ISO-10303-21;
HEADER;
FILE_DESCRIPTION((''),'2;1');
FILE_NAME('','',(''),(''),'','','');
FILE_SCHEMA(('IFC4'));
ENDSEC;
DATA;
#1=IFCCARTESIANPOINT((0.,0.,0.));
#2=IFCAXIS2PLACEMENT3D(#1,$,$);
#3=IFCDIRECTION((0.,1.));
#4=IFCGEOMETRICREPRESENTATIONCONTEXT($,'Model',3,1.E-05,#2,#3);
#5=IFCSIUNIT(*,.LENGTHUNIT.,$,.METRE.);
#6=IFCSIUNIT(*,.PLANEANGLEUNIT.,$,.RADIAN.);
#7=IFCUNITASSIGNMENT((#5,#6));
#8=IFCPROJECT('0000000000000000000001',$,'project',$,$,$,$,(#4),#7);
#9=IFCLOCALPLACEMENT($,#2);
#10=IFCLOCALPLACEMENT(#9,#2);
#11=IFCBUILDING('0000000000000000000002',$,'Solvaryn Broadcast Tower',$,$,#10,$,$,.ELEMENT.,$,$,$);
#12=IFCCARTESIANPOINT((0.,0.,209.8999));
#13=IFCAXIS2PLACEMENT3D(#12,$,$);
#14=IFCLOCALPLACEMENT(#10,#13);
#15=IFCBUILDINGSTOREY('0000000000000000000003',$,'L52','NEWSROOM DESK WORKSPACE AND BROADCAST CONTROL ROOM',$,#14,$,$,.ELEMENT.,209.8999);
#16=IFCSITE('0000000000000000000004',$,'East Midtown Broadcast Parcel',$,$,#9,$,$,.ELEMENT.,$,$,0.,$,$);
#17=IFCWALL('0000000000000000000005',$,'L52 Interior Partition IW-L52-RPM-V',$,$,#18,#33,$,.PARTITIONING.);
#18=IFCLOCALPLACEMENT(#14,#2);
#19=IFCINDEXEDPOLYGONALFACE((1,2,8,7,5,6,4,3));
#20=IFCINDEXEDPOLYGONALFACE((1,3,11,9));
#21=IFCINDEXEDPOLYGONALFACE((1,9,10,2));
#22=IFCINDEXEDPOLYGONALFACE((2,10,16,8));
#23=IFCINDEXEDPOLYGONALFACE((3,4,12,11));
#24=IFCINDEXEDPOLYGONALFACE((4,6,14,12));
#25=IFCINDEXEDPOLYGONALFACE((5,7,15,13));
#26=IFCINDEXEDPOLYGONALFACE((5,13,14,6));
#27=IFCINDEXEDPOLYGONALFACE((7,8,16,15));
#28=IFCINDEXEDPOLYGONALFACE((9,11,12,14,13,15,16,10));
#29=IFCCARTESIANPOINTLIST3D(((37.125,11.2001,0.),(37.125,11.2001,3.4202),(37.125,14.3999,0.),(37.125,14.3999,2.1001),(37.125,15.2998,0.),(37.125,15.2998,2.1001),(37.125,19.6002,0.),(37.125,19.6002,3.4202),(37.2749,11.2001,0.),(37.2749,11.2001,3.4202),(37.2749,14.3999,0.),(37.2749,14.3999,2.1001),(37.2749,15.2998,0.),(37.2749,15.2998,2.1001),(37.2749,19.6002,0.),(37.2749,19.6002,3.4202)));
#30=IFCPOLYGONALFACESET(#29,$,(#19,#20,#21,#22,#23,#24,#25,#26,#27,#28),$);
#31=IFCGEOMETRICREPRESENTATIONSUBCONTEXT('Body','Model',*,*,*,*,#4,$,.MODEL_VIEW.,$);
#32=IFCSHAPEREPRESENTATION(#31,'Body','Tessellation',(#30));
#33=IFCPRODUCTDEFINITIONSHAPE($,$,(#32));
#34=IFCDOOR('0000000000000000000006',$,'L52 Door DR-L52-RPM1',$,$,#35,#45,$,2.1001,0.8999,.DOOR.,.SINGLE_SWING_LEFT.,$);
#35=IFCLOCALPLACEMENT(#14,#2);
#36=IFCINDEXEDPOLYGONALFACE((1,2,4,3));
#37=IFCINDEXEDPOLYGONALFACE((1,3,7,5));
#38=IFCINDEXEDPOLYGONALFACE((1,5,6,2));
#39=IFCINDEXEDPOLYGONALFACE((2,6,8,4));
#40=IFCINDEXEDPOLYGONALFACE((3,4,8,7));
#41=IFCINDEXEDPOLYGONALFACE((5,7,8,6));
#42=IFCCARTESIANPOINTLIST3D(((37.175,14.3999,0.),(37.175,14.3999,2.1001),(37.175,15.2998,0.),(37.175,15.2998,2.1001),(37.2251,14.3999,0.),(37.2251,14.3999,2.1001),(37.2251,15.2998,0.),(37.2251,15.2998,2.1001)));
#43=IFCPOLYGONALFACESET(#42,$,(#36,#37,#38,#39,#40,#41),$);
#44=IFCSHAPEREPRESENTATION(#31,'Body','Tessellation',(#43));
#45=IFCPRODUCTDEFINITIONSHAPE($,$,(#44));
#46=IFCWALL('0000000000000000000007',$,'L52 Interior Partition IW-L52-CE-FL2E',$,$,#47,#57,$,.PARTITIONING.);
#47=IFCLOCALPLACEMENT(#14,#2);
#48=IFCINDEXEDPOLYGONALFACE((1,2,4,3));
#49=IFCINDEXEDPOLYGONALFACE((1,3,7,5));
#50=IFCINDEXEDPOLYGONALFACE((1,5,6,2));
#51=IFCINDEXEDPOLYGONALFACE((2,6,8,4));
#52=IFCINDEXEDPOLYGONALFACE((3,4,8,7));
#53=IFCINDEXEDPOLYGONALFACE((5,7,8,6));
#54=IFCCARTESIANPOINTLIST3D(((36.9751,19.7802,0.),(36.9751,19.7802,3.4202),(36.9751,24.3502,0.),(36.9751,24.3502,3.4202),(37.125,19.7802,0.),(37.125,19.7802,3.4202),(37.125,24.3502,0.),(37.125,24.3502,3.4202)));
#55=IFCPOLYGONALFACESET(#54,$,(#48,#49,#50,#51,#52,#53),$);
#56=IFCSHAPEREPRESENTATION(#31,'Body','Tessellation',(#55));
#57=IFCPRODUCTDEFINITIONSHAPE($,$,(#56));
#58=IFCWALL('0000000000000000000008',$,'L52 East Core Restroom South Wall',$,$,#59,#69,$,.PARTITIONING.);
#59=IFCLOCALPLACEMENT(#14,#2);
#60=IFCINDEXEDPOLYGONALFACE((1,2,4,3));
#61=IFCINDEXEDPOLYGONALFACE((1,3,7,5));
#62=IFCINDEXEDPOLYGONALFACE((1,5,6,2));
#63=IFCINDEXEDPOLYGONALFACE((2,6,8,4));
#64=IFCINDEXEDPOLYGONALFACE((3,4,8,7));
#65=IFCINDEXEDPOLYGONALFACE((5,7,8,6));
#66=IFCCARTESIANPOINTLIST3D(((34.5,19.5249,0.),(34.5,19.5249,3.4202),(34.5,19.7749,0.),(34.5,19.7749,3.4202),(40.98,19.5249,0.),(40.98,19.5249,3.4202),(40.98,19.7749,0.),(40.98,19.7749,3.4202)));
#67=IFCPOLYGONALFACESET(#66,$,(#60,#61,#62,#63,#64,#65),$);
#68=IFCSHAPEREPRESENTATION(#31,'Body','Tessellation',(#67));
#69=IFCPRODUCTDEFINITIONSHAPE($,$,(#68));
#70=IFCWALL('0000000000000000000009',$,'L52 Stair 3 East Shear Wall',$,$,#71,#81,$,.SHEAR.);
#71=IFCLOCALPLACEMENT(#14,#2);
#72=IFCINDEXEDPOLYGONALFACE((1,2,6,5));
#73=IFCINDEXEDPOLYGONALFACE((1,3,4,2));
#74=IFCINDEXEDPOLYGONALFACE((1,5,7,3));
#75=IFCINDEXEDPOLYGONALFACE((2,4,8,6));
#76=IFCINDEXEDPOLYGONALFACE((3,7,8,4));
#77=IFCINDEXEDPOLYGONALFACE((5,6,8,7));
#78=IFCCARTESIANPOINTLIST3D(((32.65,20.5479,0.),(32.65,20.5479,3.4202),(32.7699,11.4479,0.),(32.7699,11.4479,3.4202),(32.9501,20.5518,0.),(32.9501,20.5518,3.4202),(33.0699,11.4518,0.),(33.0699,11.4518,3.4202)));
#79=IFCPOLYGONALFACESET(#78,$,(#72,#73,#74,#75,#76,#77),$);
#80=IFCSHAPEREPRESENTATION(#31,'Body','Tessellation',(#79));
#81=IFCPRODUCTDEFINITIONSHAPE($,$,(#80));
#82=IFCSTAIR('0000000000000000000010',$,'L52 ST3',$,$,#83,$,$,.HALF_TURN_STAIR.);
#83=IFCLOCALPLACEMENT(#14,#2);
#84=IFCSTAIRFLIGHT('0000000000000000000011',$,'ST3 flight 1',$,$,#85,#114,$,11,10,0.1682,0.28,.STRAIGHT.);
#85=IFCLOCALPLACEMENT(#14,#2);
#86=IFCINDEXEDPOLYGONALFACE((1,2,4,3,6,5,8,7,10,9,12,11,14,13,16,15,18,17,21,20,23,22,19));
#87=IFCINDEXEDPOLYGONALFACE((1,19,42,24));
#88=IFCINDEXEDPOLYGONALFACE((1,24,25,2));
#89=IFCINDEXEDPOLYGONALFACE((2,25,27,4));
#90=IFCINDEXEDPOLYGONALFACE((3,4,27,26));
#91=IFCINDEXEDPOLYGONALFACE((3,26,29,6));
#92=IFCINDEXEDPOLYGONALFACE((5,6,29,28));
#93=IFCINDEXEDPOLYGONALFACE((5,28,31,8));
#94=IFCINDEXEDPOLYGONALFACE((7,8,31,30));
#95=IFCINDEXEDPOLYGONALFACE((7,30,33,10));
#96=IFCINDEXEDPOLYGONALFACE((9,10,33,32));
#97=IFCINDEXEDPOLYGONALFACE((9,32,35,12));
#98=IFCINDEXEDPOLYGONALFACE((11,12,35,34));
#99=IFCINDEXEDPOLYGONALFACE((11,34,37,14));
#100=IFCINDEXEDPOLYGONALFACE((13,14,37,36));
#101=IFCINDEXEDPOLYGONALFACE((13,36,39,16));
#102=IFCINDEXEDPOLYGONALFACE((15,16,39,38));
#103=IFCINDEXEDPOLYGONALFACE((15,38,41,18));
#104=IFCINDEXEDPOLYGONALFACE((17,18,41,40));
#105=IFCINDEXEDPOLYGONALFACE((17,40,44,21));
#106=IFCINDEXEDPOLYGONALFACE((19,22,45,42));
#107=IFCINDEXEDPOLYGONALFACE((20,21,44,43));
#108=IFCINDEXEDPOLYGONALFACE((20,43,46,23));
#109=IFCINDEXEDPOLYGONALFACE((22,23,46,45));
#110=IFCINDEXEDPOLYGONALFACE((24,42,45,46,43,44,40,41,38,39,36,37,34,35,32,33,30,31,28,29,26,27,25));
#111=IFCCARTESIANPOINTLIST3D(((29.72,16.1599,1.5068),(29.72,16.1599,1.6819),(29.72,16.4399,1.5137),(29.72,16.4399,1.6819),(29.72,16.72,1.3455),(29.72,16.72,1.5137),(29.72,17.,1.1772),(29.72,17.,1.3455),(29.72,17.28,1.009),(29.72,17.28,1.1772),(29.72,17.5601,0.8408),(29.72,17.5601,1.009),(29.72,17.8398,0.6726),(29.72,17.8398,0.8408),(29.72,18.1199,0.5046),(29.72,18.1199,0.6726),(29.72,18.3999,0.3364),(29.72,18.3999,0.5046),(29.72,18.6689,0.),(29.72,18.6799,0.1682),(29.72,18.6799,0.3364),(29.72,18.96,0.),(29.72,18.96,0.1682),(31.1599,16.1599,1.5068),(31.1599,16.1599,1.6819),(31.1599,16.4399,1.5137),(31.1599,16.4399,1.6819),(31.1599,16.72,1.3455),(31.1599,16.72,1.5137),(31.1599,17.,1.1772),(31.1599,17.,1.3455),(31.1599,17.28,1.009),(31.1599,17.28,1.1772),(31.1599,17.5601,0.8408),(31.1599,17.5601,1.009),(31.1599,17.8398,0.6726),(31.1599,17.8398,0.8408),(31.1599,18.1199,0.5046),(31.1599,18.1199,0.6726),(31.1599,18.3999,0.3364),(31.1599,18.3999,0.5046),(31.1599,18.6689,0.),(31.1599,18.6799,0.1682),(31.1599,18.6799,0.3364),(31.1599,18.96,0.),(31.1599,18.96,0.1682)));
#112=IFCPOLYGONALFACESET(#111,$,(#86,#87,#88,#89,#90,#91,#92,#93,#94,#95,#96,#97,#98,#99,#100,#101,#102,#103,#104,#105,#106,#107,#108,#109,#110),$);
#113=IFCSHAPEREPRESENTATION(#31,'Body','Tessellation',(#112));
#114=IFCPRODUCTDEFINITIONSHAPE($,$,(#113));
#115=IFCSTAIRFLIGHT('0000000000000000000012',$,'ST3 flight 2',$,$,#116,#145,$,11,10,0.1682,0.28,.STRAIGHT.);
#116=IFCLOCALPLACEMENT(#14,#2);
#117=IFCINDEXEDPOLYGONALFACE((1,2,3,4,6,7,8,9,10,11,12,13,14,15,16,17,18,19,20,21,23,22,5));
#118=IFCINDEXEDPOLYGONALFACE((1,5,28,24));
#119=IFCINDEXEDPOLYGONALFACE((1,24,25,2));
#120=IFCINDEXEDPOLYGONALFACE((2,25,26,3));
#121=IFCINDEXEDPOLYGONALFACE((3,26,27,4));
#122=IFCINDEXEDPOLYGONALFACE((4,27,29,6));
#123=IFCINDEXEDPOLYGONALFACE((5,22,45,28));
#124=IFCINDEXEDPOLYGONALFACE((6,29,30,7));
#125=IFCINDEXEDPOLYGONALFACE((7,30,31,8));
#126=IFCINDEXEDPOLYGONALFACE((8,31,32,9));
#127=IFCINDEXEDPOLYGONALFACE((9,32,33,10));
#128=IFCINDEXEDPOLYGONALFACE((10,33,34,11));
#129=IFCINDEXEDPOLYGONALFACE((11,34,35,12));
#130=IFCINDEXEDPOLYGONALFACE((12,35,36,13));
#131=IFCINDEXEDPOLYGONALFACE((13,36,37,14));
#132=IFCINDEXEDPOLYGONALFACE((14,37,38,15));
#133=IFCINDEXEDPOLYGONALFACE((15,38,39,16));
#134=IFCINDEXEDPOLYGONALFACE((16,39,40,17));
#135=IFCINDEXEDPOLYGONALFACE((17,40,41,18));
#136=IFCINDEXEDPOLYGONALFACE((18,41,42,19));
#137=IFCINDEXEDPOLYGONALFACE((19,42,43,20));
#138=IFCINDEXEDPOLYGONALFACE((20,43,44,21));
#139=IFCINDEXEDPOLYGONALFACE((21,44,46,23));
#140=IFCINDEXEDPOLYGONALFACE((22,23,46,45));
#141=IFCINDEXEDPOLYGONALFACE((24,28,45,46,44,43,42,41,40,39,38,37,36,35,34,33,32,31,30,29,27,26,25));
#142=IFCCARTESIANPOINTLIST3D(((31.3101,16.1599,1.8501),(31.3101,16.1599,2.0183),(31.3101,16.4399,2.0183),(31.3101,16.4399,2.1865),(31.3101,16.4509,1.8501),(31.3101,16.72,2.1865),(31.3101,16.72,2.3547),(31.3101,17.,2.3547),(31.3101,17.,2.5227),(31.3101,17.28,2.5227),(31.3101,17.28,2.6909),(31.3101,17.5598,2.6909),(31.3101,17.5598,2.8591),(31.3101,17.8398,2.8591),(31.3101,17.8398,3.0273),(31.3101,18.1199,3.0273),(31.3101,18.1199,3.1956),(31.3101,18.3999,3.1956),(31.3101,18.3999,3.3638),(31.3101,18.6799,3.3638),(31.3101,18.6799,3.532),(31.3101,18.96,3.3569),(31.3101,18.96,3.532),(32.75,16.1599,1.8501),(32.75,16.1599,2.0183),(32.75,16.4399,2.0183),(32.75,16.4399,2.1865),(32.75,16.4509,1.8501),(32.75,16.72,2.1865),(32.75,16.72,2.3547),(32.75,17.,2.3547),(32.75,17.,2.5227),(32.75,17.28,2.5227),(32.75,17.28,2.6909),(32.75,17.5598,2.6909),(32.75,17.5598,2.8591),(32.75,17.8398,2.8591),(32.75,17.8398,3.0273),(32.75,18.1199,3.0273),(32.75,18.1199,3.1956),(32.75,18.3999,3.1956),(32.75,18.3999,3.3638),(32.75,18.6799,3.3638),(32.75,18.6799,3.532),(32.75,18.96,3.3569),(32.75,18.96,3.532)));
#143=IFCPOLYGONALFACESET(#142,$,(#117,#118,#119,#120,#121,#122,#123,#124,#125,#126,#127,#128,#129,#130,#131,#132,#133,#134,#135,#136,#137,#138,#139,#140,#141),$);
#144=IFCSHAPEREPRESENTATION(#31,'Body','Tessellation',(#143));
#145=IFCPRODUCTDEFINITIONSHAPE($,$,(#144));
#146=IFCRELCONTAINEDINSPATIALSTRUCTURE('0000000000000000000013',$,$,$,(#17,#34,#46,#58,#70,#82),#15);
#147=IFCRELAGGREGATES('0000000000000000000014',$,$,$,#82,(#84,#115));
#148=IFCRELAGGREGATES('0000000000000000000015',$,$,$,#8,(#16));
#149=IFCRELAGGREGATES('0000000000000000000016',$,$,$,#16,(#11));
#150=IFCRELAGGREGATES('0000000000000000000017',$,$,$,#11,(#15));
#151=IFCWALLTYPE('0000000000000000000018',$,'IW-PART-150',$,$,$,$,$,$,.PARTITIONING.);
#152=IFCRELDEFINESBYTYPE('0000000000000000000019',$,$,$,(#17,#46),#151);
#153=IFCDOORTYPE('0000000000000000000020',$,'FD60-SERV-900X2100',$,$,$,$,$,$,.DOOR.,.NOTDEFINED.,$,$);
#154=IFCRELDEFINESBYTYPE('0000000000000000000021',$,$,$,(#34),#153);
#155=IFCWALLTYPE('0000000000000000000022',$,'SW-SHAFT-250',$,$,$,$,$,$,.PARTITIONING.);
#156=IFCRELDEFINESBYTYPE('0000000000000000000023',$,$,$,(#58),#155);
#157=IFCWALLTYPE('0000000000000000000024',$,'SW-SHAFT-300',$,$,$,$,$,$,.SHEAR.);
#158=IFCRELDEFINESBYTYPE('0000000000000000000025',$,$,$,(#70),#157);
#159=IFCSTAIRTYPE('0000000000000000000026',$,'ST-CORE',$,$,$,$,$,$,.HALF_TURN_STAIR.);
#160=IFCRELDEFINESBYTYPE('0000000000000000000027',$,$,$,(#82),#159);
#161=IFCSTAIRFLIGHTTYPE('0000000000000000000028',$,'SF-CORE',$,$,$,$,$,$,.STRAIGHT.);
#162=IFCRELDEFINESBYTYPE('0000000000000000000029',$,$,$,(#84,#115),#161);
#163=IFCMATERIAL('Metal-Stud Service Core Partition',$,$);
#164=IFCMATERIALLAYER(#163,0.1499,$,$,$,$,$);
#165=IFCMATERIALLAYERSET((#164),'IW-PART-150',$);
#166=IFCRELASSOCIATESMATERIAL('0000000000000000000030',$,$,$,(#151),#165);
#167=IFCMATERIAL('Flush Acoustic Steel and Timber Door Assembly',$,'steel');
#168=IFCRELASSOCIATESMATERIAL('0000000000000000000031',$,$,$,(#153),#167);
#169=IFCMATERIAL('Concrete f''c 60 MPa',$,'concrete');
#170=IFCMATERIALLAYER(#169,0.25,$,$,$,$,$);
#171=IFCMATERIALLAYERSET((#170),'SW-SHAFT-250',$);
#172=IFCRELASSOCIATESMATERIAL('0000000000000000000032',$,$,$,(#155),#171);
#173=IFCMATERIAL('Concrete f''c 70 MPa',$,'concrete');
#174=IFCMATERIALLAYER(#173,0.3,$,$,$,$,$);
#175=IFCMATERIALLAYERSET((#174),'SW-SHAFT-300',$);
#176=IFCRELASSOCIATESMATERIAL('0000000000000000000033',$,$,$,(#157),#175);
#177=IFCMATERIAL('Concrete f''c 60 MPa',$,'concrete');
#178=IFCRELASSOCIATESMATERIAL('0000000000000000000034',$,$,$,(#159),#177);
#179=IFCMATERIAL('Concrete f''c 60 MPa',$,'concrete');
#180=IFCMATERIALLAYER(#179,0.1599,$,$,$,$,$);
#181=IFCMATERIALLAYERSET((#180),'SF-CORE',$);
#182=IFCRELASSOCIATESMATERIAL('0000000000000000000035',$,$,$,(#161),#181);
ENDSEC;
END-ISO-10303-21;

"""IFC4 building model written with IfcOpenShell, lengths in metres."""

from ifc_helpers import new_model, si_unit, direction, frame, frame_2d, origin, place, context, subcontext, project, spatial, polyline, rectangle, outline, extrude, material, layer, layer_set, type_object, element, fill, aggregate, save


model = new_model("IFC4")

# Units and contexts
model_context = context("Model", 3, precision=1e-05, world=origin(), true_north=direction((0.0, 1.0)))
body_context = subcontext(model_context, "Body", "Model", "MODEL_VIEW")
ifc_project = project(units=[si_unit("LENGTHUNIT", "METRE"), si_unit("PLANEANGLEUNIT", "RADIAN")], contexts=[model_context])

# Site, building, storey
site_placement = place(None, origin())
site = spatial("IfcSite", under=ifc_project, at=site_placement, Name="East Midtown Broadcast Parcel", CompositionType="ELEMENT", RefElevation=0.0)
building_placement = place(site_placement, origin())
building = spatial("IfcBuilding", under=site, at=building_placement, Name="Solvaryn Broadcast Tower", CompositionType="ELEMENT")
storey_placement = place(building_placement, frame((0.0, 0.0, 209.8999)))
storey = spatial("IfcBuildingStorey", under=building, at=storey_placement, Name="L52", Description="NEWSROOM DESK WORKSPACE AND BROADCAST CONTROL ROOM", CompositionType="ELEMENT", Elevation=209.8999)

# Wall, opening, door
ifc_material_1 = material(Name="Metal-Stud Service Core Partition")
ifc_layer_1 = layer(ifc_material_1, 0.1499)
ifc_layer_set_1 = layer_set([ifc_layer_1], Name="IW-PART-150")
wall_type_1 = type_object("IfcWallType", Name="IW-PART-150", PredefinedType="PARTITIONING", material=ifc_layer_set_1)
wall_1_placement = place(storey_placement, frame((37.2, 11.2, 0.0), z_axis=(0.0, 0.0, 1.0), x_axis=(0.0, 1.0, 0.0)))
wall_1 = element("IfcWall", 1, at=wall_1_placement, inside=storey, type_object=wall_type_1, Name="L52 Interior Partition IW-L52-RPM-V", PredefinedType="PARTITIONING", context=body_context, shape_type="SweptSolid", body=[
    extrude(rectangle(XDim=8.4001, YDim=0.1499, at=frame_2d((4.2002, 0.0))), origin(), (0.0, 0.0, 1.0), 3.4202),
])
opening_placement = place(wall_1_placement, frame((3.2, 0.0, 0.0)))
opening = element("IfcOpeningElement", 2, at=opening_placement, cuts=wall_1, PredefinedType="OPENING", context=body_context, shape_type="SweptSolid", body=[
    extrude(rectangle(XDim=0.8999, YDim=2.1001, at=frame_2d((0.45, 1.05))), frame((0.0, 0.085, 0.0), z_axis=(0.0, -1.0, 0.0), x_axis=(1.0, 0.0, 0.0)), (0.0, 0.0, 1.0), 0.1699),
])
ifc_material_2 = material(Name="Flush Acoustic Steel and Timber Door Assembly", Category="steel")
door_type = type_object("IfcDoorType", Name="FD60-SERV-900X2100", OperationType="NOTDEFINED", PredefinedType="DOOR", material=ifc_material_2)
door_placement = place(opening_placement, origin())
door = element("IfcDoor", 3, at=door_placement, inside=storey, type_object=door_type, Name="L52 Door DR-L52-RPM1", OperationType="SINGLE_SWING_LEFT", OverallHeight=2.1001, OverallWidth=0.8999, PredefinedType="DOOR", context=body_context, shape_type="SweptSolid", body=[
    extrude(rectangle(XDim=0.8999, YDim=2.1001, at=frame_2d((0.45, 1.05))), frame((0.0, 0.0249, 0.0), z_axis=(0.0, -1.0, 0.0), x_axis=(1.0, 0.0, 0.0)), (0.0, 0.0, 1.0), 0.05),
])
fill(opening, door)

# Walls
wall_2_placement = place(storey_placement, frame((37.05, 19.78, 0.0), z_axis=(0.0, 0.0, 1.0), x_axis=(0.0, 1.0, 0.0)))
element("IfcWall", 4, at=wall_2_placement, inside=storey, type_object=wall_type_1, Name="L52 Interior Partition IW-L52-CE-FL2E", PredefinedType="PARTITIONING", context=body_context, shape_type="SweptSolid", body=[
    extrude(rectangle(XDim=4.5701, YDim=0.1499, at=frame_2d((2.2852, 0.0))), origin(), (0.0, 0.0, 1.0), 3.4202),
])
ifc_material_3 = material(Name="Concrete f'c 60 MPa", Category="concrete")
ifc_layer_2 = layer(ifc_material_3, 0.25)
ifc_layer_set_2 = layer_set([ifc_layer_2], Name="SW-SHAFT-250")
wall_type_2 = type_object("IfcWallType", Name="SW-SHAFT-250", PredefinedType="PARTITIONING", material=ifc_layer_set_2)
wall_3_placement = place(storey_placement, frame((34.5, 19.6499, 0.0), z_axis=(0.0, 0.0, 1.0), x_axis=(1.0, 0.0, 0.0)))
element("IfcWall", 5, at=wall_3_placement, inside=storey, type_object=wall_type_2, Name="L52 East Core Restroom South Wall", PredefinedType="PARTITIONING", context=body_context, shape_type="SweptSolid", body=[
    extrude(rectangle(XDim=6.48, YDim=0.25, at=frame_2d((3.24, 0.0))), origin(), (0.0, 0.0, 1.0), 3.4202),
])
ifc_material_4 = material(Name="Concrete f'c 70 MPa", Category="concrete")
ifc_layer_3 = layer(ifc_material_4, 0.3)
ifc_layer_set_3 = layer_set([ifc_layer_3], Name="SW-SHAFT-300")
wall_type_3 = type_object("IfcWallType", Name="SW-SHAFT-300", PredefinedType="SHEAR", material=ifc_layer_set_3)
wall_4_placement = place(storey_placement, frame((32.9199, 11.45, 0.0), z_axis=(0.0, 0.0, 1.0), x_axis=(-0.013172, 0.999913, 0.0)))
element("IfcWall", 6, at=wall_4_placement, inside=storey, type_object=wall_type_3, Name="L52 Stair 3 East Shear Wall", PredefinedType="SHEAR", context=body_context, shape_type="SweptSolid", body=[
    extrude(rectangle(XDim=9.1008, YDim=0.3, at=frame_2d((4.5503, 0.0))), origin(), (0.0, 0.0, 1.0), 3.4202),
])

# Stair, stair flights
ifc_material_5 = material(Name="Concrete f'c 60 MPa", Category="concrete")
stair_type = type_object("IfcStairType", Name="ST-CORE", PredefinedType="HALF_TURN_STAIR", material=ifc_material_5)
stair_placement = place(storey_placement, origin())
stair = element("IfcStair", 7, at=stair_placement, inside=storey, type_object=stair_type, Name="L52 ST3", PredefinedType="HALF_TURN_STAIR")
ifc_material_6 = material(Name="Concrete f'c 60 MPa", Category="concrete")
ifc_layer_4 = layer(ifc_material_6, 0.1599)
ifc_layer_set_4 = layer_set([ifc_layer_4], Name="SF-CORE")
stair_flight_type = type_object("IfcStairFlightType", Name="SF-CORE", PredefinedType="STRAIGHT", material=ifc_layer_set_4)
stair_flight_1_placement = place(storey_placement, frame((30.4399, 18.96, 0.0), z_axis=(0.0, 0.0, 1.0), x_axis=(0.0, -1.0, 0.0)))
stair_flight_1 = element("IfcStairFlight", 8, at=stair_flight_1_placement, type_object=stair_flight_type, Name="ST3 flight 1", NumberOfRisers=11, NumberOfTreads=10, PredefinedType="STRAIGHT", RiserHeight=0.1682, TreadLength=0.28, context=body_context, shape_type="SweptSolid", body=[
    extrude(outline(polyline([(0.0, 0.0), (0.0, 0.1682), (0.28, 0.1682), (0.28, 0.3364), (0.5601, 0.3364), (0.5601, 0.5046), (0.8401, 0.5046), (0.8401, 0.6726), (1.1201, 0.6726), (1.1201, 0.8408), (1.3999, 0.8408), (1.3999, 1.009), (1.6799, 1.009), (1.6799, 1.1772), (1.96, 1.1772), (1.96, 1.3455), (2.24, 1.3455), (2.24, 1.5137), (2.52, 1.5137), (2.52, 1.6819), (2.8, 1.6819), (2.8, 1.8501), (2.8, 1.5068), (0.291, 0.0), (0.0, 0.0)])), frame((0.0, 0.72, 0.0), z_axis=(0.0, -1.0, 0.0), x_axis=(1.0, 0.0, 0.0)), (0.0, 0.0, 1.0), 1.4399),
])
stair_flight_2_placement = place(storey_placement, frame((32.03, 16.1599, 1.8501), z_axis=(0.0, 0.0, 1.0), x_axis=(0.0, 1.0, 0.0)))
stair_flight_2 = element("IfcStairFlight", 9, at=stair_flight_2_placement, type_object=stair_flight_type, Name="ST3 flight 2", NumberOfRisers=11, NumberOfTreads=10, PredefinedType="STRAIGHT", RiserHeight=0.1682, TreadLength=0.28, context=body_context, shape_type="SweptSolid", body=[
    extrude(outline(polyline([(0.0, 0.0), (0.0, 0.1682), (0.28, 0.1682), (0.28, 0.3364), (0.5601, 0.3364), (0.5601, 0.5046), (0.8401, 0.5046), (0.8401, 0.6726), (1.1201, 0.6726), (1.1201, 0.8408), (1.3999, 0.8408), (1.3999, 1.009), (1.6799, 1.009), (1.6799, 1.1772), (1.96, 1.1772), (1.96, 1.3455), (2.24, 1.3455), (2.24, 1.5137), (2.52, 1.5137), (2.52, 1.6819), (2.8, 1.6819), (2.8, 1.8501), (2.8, 1.5068), (0.291, 0.0), (0.0, 0.0)])), frame((0.0, 0.72, 0.0), z_axis=(0.0, -1.0, 0.0), x_axis=(1.0, 0.0, 0.0)), (0.0, 0.0, 1.0), 1.4399),
])
aggregate(stair, [stair_flight_1, stair_flight_2])

save(model, "model.ifc")
